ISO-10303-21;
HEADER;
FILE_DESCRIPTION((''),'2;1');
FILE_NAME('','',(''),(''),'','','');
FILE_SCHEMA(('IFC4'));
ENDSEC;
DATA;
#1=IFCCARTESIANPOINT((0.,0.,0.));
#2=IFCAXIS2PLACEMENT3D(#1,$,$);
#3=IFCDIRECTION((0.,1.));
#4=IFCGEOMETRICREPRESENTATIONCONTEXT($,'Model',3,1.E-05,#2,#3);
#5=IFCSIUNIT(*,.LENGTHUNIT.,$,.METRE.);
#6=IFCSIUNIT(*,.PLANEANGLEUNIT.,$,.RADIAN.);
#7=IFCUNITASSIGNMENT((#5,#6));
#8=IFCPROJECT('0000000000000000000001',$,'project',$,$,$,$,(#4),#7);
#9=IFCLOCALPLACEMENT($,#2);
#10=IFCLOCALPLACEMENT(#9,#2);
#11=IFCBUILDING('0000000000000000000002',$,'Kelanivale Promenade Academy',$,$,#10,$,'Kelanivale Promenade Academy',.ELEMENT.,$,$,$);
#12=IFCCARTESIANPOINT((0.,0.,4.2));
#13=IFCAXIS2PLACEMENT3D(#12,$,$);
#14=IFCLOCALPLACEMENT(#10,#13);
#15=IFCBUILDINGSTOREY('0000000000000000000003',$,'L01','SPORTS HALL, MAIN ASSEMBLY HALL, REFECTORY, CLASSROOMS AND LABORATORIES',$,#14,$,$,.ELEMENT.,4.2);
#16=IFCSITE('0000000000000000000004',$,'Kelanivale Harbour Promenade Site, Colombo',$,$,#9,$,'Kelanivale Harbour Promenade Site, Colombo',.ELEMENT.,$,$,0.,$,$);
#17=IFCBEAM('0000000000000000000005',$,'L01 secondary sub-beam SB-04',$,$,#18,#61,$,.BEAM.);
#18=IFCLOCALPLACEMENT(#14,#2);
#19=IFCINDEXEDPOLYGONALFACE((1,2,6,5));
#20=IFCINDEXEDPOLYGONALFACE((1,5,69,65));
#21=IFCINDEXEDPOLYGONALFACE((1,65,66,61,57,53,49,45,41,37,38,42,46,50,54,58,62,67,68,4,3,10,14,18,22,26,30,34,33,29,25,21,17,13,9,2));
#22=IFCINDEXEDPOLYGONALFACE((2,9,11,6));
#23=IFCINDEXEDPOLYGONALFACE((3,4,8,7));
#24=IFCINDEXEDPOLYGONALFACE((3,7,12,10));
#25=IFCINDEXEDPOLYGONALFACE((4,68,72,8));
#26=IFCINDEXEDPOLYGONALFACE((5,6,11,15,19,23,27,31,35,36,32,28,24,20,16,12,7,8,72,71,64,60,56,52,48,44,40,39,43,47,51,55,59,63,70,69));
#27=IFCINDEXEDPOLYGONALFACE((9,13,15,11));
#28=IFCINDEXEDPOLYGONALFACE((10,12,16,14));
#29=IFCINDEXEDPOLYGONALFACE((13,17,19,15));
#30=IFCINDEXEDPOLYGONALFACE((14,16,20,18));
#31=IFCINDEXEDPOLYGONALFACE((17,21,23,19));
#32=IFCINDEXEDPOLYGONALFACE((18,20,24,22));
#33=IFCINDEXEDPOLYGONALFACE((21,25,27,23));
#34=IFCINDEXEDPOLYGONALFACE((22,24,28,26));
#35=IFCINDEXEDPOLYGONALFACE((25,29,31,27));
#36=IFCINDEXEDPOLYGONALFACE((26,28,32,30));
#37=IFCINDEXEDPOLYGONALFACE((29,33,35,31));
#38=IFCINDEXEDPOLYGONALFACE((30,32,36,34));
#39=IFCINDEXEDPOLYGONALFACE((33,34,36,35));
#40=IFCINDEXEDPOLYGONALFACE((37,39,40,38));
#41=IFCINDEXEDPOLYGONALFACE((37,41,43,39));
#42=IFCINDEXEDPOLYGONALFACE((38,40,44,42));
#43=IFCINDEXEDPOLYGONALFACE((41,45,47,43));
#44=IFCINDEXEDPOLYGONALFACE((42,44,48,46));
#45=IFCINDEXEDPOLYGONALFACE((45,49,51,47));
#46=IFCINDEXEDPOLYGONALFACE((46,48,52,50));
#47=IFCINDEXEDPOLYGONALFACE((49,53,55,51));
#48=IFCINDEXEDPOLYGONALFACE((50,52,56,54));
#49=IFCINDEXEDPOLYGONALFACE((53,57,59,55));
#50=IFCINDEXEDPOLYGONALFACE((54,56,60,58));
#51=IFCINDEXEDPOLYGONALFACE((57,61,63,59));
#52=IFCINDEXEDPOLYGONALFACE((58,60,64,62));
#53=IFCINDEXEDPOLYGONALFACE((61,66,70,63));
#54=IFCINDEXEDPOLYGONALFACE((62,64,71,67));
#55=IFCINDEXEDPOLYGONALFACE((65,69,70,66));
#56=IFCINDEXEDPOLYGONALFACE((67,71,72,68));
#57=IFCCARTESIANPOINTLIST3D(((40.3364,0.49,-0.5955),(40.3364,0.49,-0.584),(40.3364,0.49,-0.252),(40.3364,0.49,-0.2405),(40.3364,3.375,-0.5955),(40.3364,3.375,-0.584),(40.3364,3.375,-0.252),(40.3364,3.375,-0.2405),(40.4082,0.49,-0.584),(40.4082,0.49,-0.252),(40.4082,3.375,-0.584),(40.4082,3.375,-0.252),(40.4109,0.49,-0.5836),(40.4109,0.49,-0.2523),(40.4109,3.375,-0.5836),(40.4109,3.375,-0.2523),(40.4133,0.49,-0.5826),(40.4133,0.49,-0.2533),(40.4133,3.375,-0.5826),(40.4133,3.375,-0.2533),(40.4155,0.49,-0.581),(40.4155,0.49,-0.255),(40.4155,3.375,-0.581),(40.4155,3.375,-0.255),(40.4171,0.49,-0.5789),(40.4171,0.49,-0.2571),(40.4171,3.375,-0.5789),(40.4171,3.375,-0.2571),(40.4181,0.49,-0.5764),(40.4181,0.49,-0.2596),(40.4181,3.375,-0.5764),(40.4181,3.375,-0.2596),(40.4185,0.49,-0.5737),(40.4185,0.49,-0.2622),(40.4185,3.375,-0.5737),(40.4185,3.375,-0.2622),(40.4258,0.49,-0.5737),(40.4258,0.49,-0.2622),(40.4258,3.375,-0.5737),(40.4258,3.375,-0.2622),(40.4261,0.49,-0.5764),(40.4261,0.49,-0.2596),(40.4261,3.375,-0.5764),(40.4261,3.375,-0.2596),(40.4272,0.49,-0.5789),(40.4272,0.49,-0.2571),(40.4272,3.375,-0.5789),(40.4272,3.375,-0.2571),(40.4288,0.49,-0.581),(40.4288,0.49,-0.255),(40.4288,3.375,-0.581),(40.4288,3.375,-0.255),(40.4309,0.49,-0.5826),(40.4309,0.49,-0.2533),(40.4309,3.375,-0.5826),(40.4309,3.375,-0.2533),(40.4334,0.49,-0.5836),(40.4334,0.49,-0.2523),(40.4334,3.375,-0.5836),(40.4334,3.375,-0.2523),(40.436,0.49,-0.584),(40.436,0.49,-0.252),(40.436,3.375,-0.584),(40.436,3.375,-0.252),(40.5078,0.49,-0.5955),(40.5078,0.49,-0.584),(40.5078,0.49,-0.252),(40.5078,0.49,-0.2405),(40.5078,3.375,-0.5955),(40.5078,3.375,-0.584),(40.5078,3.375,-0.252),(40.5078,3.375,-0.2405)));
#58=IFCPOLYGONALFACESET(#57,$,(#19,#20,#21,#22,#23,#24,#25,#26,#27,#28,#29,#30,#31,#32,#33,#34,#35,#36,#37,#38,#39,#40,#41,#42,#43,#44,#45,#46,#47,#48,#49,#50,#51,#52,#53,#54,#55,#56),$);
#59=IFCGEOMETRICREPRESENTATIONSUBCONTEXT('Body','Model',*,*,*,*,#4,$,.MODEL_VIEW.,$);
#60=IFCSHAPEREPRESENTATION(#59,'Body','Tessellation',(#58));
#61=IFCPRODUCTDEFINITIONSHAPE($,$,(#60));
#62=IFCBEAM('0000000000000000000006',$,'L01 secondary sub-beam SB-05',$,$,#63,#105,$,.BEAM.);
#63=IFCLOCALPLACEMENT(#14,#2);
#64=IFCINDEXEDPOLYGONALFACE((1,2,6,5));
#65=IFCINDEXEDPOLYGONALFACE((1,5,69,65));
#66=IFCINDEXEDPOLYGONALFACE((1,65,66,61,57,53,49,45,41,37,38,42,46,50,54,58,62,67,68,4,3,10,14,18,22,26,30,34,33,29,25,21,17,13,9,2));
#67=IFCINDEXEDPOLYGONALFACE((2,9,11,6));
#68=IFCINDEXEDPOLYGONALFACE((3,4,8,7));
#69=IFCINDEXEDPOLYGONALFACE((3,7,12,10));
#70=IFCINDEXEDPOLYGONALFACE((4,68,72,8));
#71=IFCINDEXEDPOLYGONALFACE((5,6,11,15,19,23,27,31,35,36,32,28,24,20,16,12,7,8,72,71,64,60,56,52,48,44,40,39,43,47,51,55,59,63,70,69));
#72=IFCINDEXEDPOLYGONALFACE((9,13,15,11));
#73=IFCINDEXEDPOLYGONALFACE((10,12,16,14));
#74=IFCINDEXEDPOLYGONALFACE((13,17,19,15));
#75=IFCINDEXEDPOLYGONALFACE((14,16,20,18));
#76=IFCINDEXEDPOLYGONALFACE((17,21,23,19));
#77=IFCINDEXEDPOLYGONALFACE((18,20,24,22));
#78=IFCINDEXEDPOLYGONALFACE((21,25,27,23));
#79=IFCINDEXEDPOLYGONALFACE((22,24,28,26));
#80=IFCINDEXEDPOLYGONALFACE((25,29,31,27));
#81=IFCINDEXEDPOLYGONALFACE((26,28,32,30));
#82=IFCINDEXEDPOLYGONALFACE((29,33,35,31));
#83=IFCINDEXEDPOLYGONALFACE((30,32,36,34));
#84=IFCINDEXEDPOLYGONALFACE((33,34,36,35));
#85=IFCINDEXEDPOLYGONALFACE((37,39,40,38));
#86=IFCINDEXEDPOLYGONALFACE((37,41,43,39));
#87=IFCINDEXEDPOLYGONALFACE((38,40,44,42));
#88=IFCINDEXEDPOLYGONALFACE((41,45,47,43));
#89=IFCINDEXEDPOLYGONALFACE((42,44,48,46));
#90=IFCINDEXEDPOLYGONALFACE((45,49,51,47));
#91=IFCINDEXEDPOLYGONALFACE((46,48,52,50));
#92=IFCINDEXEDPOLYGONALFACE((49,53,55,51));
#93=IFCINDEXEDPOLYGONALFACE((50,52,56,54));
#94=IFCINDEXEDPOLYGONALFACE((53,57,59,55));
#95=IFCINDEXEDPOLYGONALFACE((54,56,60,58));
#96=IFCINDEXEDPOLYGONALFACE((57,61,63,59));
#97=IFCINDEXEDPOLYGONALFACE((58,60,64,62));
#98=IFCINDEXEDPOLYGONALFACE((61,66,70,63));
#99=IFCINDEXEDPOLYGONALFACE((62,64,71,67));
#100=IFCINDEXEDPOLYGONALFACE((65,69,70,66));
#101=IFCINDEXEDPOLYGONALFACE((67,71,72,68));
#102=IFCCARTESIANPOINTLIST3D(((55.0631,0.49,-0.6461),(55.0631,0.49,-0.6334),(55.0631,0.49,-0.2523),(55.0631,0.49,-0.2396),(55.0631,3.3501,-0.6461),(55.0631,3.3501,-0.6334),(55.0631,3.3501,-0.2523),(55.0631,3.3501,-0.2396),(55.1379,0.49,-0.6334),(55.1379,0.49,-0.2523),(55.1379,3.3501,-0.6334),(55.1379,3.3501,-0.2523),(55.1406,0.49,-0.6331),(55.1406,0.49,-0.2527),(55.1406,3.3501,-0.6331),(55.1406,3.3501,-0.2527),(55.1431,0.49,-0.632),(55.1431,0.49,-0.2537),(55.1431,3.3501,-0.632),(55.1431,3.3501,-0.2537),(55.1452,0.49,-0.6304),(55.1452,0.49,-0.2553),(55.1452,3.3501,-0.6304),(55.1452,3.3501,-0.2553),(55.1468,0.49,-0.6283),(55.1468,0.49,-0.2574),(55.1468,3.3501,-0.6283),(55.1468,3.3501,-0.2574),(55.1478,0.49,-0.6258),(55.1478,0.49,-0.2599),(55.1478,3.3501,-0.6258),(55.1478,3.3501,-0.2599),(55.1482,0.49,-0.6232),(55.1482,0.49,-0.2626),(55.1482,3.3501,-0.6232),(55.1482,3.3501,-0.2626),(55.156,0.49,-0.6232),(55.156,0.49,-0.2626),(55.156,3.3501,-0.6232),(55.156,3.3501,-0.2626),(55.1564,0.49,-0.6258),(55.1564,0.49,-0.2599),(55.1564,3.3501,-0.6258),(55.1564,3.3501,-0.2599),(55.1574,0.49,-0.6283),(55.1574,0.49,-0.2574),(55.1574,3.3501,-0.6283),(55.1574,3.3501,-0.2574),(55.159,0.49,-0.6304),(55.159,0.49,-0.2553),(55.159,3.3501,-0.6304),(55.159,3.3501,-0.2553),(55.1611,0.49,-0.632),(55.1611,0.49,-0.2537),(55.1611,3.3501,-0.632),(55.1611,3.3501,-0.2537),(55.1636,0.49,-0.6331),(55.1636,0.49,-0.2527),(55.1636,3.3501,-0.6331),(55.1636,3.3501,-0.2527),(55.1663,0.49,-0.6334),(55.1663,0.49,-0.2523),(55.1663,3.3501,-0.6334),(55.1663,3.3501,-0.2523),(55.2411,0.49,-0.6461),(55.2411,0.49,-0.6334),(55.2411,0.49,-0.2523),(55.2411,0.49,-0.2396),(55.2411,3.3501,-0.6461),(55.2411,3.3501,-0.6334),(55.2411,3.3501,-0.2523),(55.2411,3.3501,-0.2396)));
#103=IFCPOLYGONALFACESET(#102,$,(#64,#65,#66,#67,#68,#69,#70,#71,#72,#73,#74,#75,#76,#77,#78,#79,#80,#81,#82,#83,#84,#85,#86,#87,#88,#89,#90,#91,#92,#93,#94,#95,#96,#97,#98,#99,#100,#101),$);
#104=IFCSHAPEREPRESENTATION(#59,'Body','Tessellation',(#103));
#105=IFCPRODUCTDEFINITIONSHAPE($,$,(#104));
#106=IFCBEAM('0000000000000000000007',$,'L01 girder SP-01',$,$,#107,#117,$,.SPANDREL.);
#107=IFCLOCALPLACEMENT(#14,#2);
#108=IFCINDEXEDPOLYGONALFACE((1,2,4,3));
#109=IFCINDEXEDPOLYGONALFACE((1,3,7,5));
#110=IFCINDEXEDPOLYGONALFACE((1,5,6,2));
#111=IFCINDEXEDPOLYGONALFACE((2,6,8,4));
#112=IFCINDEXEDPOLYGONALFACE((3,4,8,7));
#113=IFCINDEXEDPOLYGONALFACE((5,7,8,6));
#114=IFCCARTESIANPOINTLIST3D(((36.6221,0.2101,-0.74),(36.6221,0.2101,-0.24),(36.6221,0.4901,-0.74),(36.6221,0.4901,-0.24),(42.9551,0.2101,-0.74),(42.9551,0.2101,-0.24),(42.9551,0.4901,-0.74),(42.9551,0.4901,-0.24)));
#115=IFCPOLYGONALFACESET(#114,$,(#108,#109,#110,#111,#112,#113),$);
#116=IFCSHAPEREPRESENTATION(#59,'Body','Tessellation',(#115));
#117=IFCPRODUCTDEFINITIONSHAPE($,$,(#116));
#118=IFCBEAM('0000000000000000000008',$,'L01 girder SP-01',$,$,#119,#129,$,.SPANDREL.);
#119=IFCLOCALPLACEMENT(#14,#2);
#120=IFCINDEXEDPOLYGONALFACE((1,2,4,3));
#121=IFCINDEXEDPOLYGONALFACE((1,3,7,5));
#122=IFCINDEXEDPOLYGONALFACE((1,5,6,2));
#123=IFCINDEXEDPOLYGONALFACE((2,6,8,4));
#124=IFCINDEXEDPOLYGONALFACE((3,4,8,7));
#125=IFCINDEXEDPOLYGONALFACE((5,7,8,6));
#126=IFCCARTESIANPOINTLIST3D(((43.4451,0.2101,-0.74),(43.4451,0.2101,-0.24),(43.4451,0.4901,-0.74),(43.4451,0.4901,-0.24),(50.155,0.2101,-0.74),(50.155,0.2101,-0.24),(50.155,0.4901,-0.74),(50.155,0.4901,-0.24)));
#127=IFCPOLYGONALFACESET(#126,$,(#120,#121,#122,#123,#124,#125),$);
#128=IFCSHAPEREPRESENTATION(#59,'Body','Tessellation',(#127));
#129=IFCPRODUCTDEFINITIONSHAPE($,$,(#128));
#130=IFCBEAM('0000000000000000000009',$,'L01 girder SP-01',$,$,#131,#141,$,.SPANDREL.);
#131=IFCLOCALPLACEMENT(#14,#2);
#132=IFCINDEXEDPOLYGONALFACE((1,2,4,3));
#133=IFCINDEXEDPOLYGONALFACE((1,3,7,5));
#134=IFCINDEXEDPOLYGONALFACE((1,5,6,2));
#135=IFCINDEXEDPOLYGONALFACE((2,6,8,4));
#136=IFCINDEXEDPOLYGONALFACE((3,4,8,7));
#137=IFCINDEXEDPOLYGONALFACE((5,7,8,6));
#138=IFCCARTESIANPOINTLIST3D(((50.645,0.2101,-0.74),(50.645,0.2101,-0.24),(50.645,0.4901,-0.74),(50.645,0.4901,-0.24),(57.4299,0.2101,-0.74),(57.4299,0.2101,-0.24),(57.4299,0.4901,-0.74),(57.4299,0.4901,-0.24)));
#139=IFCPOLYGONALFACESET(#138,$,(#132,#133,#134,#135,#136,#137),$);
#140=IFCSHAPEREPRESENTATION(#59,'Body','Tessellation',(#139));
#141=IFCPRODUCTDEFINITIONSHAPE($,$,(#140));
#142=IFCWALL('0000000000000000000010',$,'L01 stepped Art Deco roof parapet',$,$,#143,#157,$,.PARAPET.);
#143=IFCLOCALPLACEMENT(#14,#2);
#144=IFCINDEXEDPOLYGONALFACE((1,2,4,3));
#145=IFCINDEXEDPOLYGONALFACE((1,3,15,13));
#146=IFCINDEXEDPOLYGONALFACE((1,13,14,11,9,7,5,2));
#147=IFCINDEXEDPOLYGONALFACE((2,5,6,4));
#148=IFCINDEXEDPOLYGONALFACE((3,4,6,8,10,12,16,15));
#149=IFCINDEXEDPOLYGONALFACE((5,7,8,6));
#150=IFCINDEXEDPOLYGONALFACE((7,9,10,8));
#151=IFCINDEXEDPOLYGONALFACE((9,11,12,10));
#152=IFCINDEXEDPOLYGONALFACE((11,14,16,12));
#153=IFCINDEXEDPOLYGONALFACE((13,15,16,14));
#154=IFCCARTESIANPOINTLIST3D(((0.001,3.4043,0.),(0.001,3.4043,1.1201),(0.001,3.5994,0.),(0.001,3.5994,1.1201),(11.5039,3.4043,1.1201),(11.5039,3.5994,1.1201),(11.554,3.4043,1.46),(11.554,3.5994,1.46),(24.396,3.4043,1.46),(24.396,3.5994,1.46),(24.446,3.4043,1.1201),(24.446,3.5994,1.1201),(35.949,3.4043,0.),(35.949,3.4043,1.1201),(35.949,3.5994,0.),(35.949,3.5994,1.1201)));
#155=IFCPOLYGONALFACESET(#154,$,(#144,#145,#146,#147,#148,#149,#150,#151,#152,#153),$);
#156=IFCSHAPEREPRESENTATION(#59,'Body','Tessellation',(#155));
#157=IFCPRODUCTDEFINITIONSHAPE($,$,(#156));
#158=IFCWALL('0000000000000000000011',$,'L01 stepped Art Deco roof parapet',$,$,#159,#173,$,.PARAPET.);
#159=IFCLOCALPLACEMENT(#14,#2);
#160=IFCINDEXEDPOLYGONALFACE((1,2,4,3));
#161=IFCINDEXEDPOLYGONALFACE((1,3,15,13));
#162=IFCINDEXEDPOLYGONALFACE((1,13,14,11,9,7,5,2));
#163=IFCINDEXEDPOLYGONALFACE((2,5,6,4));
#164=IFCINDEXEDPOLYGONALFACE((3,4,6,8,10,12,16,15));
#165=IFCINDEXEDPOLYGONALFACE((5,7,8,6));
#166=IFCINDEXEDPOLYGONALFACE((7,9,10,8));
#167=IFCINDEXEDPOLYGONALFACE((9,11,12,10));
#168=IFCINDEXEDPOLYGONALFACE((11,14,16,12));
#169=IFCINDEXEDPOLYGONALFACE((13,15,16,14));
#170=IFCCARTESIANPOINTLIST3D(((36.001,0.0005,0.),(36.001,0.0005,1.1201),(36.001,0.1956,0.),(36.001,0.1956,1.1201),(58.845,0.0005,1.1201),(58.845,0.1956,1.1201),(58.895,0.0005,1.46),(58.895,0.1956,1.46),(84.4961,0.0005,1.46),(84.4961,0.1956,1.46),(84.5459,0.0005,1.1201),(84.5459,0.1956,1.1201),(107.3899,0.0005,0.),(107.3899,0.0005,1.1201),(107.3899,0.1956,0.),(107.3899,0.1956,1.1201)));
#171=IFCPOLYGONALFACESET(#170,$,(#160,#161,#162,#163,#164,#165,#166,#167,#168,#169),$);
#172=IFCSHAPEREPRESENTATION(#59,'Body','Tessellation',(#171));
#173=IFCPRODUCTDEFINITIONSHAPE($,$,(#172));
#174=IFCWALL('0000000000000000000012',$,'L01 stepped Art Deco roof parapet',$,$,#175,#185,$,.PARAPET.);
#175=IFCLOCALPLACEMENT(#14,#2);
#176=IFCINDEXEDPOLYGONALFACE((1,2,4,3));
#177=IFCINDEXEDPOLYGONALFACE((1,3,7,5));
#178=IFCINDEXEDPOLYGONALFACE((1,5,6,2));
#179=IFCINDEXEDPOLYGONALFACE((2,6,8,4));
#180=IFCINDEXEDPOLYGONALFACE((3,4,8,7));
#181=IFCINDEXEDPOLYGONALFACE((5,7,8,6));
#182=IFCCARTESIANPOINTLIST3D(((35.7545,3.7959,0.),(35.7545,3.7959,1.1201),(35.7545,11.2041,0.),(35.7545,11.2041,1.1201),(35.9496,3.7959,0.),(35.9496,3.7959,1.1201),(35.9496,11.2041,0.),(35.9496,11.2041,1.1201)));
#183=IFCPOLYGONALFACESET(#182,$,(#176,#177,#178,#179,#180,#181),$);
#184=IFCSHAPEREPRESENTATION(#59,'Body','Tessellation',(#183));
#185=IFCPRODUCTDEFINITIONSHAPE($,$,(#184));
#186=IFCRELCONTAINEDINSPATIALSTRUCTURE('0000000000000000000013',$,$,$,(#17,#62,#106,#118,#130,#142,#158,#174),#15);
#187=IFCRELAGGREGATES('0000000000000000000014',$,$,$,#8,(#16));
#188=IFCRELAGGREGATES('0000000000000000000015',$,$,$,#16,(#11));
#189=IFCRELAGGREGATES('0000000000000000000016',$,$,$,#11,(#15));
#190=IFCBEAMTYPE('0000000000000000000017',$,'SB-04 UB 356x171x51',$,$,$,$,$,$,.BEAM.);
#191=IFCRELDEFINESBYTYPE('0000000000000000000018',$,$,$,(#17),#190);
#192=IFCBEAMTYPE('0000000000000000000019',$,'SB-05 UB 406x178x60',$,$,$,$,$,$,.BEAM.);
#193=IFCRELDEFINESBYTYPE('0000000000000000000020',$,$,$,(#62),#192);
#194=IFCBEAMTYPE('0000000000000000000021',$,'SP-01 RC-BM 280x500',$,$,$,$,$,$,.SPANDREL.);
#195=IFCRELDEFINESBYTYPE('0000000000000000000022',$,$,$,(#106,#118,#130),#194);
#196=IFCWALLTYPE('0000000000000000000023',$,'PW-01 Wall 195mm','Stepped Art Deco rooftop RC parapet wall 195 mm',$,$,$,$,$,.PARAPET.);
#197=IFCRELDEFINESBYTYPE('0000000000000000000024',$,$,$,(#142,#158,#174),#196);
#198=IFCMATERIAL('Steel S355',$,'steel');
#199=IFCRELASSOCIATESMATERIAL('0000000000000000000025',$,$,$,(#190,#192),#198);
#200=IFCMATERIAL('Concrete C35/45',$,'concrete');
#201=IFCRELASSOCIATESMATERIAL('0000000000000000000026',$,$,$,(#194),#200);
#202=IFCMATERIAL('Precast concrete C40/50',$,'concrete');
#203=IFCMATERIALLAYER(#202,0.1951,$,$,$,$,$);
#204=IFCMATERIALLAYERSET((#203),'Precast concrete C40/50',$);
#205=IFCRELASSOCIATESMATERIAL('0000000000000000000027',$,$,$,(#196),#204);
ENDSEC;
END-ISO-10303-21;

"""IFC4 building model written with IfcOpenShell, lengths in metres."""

from ifc_helpers import new_model, si_unit, direction, frame, frame_2d, origin, origin_2d, place, context, subcontext, project, spatial, polyline, rectangle, i_section, outline, extrude, material, layer, layer_set, material_profile, profile_set, type_object, element, save


model = new_model("IFC4")

# Units and contexts
model_context = context("Model", 3, precision=1e-05, world=origin(), true_north=direction((0.0, 1.0)))
body_context = subcontext(model_context, "Body", "Model", "MODEL_VIEW")
ifc_project = project(units=[si_unit("LENGTHUNIT", "METRE"), si_unit("PLANEANGLEUNIT", "RADIAN")], contexts=[model_context])

# Site, building, storey
site_placement = place(None, origin())
site = spatial("IfcSite", under=ifc_project, at=site_placement, Name="Kelanivale Harbour Promenade Site, Colombo", LongName="Kelanivale Harbour Promenade Site, Colombo", CompositionType="ELEMENT", RefElevation=0.0)
building_placement = place(site_placement, origin())
building = spatial("IfcBuilding", under=site, at=building_placement, Name="Kelanivale Promenade Academy", LongName="Kelanivale Promenade Academy", CompositionType="ELEMENT")
storey_placement = place(building_placement, frame((0.0, 0.0, 4.2)))
storey = spatial("IfcBuildingStorey", under=building, at=storey_placement, Name="L01", Description="SPORTS HALL, MAIN ASSEMBLY HALL, REFECTORY, CLASSROOMS AND LABORATORIES", CompositionType="ELEMENT", Elevation=4.2)

# Beams
ifc_material_1 = material(Name="Concrete C35/45", Category="concrete")
ifc_material_2 = material(Name="Steel S355", Category="steel")
ifc_material_profile_1 = material_profile(ifc_material_2, i_section(OverallWidth=0.1714, OverallDepth=0.355, WebThickness=0.0073, FlangeThickness=0.0115, FilletRadius=0.0103, at=origin_2d()), Name="UB 356x171x51")
ifc_profile_set_1 = profile_set([ifc_material_profile_1], Name="Steel S355")
beam_type_1 = type_object("IfcBeamType", Name="SB-04 UB 356x171x51", PredefinedType="BEAM", material=ifc_profile_set_1)
beam_1_placement = place(storey_placement, frame((40.4221, 0.49, -0.418), z_axis=(0.0, 1.0, 0.0), x_axis=(-1.0, 0.0, 0.0)))
element("IfcBeam", 1, at=beam_1_placement, inside=storey, type_object=beam_type_1, Name="L01 secondary sub-beam SB-04", PredefinedType="BEAM", context=body_context, shape_type="SweptSolid", body=[
    extrude(i_section(OverallWidth=0.1714, OverallDepth=0.355, WebThickness=0.0073, FlangeThickness=0.0115, FilletRadius=0.0103, at=origin_2d()), origin(), (0.0, 0.0, 1.0), 2.885),
])
ifc_material_profile_2 = material_profile(ifc_material_2, i_section(OverallWidth=0.178, OverallDepth=0.4065, WebThickness=0.0078, FlangeThickness=0.0127, FilletRadius=0.0103, at=origin_2d()), Name="UB 406x178x60")
ifc_profile_set_2 = profile_set([ifc_material_profile_2], Name="Steel S355")
beam_type_2 = type_object("IfcBeamType", Name="SB-05 UB 406x178x60", PredefinedType="BEAM", material=ifc_profile_set_2)
beam_2_placement = place(storey_placement, frame((55.1521, 0.49, -0.4429), z_axis=(0.0, 1.0, 0.0), x_axis=(-1.0, 0.0, 0.0)))
element("IfcBeam", 2, at=beam_2_placement, inside=storey, type_object=beam_type_2, Name="L01 secondary sub-beam SB-05", PredefinedType="BEAM", context=body_context, shape_type="SweptSolid", body=[
    extrude(i_section(OverallWidth=0.178, OverallDepth=0.4065, WebThickness=0.0078, FlangeThickness=0.0127, FilletRadius=0.0103, at=origin_2d()), origin(), (0.0, 0.0, 1.0), 2.8601),
])
ifc_material_profile_3 = material_profile(ifc_material_1, rectangle(XDim=0.28, YDim=0.5, at=origin_2d()), Name="RC-BM 280x500")
ifc_profile_set_3 = profile_set([ifc_material_profile_3], Name="Concrete C35/45")
beam_type_3 = type_object("IfcBeamType", Name="SP-01 RC-BM 280x500", PredefinedType="SPANDREL", material=ifc_profile_set_3)
beam_3_placement = place(storey_placement, frame((36.6221, 0.3501, -0.49), z_axis=(1.0, 0.0, 0.0), x_axis=(0.0, 1.0, 0.0)))
element("IfcBeam", 3, at=beam_3_placement, inside=storey, type_object=beam_type_3, Name="L01 girder SP-01", PredefinedType="SPANDREL", context=body_context, shape_type="SweptSolid", body=[
    extrude(rectangle(XDim=0.28, YDim=0.5, at=origin_2d()), origin(), (0.0, 0.0, 1.0), 6.333),
])
beam_4_placement = place(storey_placement, frame((43.4451, 0.3501, -0.49), z_axis=(1.0, 0.0, 0.0), x_axis=(0.0, 1.0, 0.0)))
element("IfcBeam", 4, at=beam_4_placement, inside=storey, type_object=beam_type_3, Name="L01 girder SP-01", PredefinedType="SPANDREL", context=body_context, shape_type="SweptSolid", body=[
    extrude(rectangle(XDim=0.28, YDim=0.5, at=origin_2d()), origin(), (0.0, 0.0, 1.0), 6.71),
])
beam_5_placement = place(storey_placement, frame((50.645, 0.3501, -0.49), z_axis=(1.0, 0.0, 0.0), x_axis=(0.0, 1.0, 0.0)))
element("IfcBeam", 5, at=beam_5_placement, inside=storey, type_object=beam_type_3, Name="L01 girder SP-01", PredefinedType="SPANDREL", context=body_context, shape_type="SweptSolid", body=[
    extrude(rectangle(XDim=0.28, YDim=0.5, at=origin_2d()), origin(), (0.0, 0.0, 1.0), 6.7849),
])

# Walls
ifc_material_3 = material(Name="Precast concrete C40/50", Category="concrete")
ifc_layer_1 = layer(ifc_material_3, 0.1951)
ifc_layer_set_1 = layer_set([ifc_layer_1], Name="Precast concrete C40/50")
wall_type_1 = type_object("IfcWallType", Name="PW-01 Wall 195mm", Description="Stepped Art Deco rooftop RC parapet wall 195 mm", PredefinedType="PARAPET", material=ifc_layer_set_1)
wall_1_placement = place(storey_placement, frame((35.949, 3.502, 0.0), z_axis=(0.0, 0.0, 1.0), x_axis=(-1.0, 0.0, 0.0)))
element("IfcWall", 6, at=wall_1_placement, inside=storey, type_object=wall_type_1, Name="L01 stepped Art Deco roof parapet", PredefinedType="PARAPET", context=body_context, shape_type="SweptSolid", body=[
    extrude(outline(polyline([(0.0, 0.0), (35.948, 0.0), (35.948, 1.1201), (24.4451, 1.1201), (24.395, 1.46), (11.553, 1.46), (11.5029, 1.1201), (0.0, 1.1201), (0.0, 0.0)])), frame((0.0, 0.0977, 0.0), z_axis=(0.0, -1.0, 0.0), x_axis=(1.0, 0.0, 0.0)), (0.0, 0.0, 1.0), 0.1951),
])
wall_2_placement = place(storey_placement, frame((36.001, 0.0979, 0.0), z_axis=(0.0, 0.0, 1.0), x_axis=(1.0, 0.0, 0.0)))
element("IfcWall", 7, at=wall_2_placement, inside=storey, type_object=wall_type_1, Name="L01 stepped Art Deco roof parapet", PredefinedType="PARAPET", context=body_context, shape_type="SweptSolid", body=[
    extrude(outline(polyline([(0.0, 0.0), (71.3889, 0.0), (71.3889, 1.1201), (48.5449, 1.1201), (48.4951, 1.46), (22.894, 1.46), (22.844, 1.1201), (0.0, 1.1201), (0.0, 0.0)])), frame((0.0, 0.0977, 0.0), z_axis=(0.0, -1.0, 0.0), x_axis=(1.0, 0.0, 0.0)), (0.0, 0.0, 1.0), 0.1951),
])
for number, where, z_axis, x_axis, name in (
    (8, (35.8521, 3.7959, 0.0), (0.0, 0.0, 1.0), (0.0, 1.0, 0.0), "L01 stepped Art Deco roof parapet"),
):
    element("IfcWall", number, at=place(storey_placement, frame(where, z_axis=z_axis, x_axis=x_axis)), inside=storey, type_object=wall_type_1, Name=name, PredefinedType="PARAPET", context=body_context, shape_type="SweptSolid", body=[
        extrude(rectangle(XDim=7.4082, YDim=0.1951, at=frame_2d((3.7041, 0.0))), origin(), (0.0, 0.0, 1.0), 1.1201),
    ])

save(model, "model.ifc")
